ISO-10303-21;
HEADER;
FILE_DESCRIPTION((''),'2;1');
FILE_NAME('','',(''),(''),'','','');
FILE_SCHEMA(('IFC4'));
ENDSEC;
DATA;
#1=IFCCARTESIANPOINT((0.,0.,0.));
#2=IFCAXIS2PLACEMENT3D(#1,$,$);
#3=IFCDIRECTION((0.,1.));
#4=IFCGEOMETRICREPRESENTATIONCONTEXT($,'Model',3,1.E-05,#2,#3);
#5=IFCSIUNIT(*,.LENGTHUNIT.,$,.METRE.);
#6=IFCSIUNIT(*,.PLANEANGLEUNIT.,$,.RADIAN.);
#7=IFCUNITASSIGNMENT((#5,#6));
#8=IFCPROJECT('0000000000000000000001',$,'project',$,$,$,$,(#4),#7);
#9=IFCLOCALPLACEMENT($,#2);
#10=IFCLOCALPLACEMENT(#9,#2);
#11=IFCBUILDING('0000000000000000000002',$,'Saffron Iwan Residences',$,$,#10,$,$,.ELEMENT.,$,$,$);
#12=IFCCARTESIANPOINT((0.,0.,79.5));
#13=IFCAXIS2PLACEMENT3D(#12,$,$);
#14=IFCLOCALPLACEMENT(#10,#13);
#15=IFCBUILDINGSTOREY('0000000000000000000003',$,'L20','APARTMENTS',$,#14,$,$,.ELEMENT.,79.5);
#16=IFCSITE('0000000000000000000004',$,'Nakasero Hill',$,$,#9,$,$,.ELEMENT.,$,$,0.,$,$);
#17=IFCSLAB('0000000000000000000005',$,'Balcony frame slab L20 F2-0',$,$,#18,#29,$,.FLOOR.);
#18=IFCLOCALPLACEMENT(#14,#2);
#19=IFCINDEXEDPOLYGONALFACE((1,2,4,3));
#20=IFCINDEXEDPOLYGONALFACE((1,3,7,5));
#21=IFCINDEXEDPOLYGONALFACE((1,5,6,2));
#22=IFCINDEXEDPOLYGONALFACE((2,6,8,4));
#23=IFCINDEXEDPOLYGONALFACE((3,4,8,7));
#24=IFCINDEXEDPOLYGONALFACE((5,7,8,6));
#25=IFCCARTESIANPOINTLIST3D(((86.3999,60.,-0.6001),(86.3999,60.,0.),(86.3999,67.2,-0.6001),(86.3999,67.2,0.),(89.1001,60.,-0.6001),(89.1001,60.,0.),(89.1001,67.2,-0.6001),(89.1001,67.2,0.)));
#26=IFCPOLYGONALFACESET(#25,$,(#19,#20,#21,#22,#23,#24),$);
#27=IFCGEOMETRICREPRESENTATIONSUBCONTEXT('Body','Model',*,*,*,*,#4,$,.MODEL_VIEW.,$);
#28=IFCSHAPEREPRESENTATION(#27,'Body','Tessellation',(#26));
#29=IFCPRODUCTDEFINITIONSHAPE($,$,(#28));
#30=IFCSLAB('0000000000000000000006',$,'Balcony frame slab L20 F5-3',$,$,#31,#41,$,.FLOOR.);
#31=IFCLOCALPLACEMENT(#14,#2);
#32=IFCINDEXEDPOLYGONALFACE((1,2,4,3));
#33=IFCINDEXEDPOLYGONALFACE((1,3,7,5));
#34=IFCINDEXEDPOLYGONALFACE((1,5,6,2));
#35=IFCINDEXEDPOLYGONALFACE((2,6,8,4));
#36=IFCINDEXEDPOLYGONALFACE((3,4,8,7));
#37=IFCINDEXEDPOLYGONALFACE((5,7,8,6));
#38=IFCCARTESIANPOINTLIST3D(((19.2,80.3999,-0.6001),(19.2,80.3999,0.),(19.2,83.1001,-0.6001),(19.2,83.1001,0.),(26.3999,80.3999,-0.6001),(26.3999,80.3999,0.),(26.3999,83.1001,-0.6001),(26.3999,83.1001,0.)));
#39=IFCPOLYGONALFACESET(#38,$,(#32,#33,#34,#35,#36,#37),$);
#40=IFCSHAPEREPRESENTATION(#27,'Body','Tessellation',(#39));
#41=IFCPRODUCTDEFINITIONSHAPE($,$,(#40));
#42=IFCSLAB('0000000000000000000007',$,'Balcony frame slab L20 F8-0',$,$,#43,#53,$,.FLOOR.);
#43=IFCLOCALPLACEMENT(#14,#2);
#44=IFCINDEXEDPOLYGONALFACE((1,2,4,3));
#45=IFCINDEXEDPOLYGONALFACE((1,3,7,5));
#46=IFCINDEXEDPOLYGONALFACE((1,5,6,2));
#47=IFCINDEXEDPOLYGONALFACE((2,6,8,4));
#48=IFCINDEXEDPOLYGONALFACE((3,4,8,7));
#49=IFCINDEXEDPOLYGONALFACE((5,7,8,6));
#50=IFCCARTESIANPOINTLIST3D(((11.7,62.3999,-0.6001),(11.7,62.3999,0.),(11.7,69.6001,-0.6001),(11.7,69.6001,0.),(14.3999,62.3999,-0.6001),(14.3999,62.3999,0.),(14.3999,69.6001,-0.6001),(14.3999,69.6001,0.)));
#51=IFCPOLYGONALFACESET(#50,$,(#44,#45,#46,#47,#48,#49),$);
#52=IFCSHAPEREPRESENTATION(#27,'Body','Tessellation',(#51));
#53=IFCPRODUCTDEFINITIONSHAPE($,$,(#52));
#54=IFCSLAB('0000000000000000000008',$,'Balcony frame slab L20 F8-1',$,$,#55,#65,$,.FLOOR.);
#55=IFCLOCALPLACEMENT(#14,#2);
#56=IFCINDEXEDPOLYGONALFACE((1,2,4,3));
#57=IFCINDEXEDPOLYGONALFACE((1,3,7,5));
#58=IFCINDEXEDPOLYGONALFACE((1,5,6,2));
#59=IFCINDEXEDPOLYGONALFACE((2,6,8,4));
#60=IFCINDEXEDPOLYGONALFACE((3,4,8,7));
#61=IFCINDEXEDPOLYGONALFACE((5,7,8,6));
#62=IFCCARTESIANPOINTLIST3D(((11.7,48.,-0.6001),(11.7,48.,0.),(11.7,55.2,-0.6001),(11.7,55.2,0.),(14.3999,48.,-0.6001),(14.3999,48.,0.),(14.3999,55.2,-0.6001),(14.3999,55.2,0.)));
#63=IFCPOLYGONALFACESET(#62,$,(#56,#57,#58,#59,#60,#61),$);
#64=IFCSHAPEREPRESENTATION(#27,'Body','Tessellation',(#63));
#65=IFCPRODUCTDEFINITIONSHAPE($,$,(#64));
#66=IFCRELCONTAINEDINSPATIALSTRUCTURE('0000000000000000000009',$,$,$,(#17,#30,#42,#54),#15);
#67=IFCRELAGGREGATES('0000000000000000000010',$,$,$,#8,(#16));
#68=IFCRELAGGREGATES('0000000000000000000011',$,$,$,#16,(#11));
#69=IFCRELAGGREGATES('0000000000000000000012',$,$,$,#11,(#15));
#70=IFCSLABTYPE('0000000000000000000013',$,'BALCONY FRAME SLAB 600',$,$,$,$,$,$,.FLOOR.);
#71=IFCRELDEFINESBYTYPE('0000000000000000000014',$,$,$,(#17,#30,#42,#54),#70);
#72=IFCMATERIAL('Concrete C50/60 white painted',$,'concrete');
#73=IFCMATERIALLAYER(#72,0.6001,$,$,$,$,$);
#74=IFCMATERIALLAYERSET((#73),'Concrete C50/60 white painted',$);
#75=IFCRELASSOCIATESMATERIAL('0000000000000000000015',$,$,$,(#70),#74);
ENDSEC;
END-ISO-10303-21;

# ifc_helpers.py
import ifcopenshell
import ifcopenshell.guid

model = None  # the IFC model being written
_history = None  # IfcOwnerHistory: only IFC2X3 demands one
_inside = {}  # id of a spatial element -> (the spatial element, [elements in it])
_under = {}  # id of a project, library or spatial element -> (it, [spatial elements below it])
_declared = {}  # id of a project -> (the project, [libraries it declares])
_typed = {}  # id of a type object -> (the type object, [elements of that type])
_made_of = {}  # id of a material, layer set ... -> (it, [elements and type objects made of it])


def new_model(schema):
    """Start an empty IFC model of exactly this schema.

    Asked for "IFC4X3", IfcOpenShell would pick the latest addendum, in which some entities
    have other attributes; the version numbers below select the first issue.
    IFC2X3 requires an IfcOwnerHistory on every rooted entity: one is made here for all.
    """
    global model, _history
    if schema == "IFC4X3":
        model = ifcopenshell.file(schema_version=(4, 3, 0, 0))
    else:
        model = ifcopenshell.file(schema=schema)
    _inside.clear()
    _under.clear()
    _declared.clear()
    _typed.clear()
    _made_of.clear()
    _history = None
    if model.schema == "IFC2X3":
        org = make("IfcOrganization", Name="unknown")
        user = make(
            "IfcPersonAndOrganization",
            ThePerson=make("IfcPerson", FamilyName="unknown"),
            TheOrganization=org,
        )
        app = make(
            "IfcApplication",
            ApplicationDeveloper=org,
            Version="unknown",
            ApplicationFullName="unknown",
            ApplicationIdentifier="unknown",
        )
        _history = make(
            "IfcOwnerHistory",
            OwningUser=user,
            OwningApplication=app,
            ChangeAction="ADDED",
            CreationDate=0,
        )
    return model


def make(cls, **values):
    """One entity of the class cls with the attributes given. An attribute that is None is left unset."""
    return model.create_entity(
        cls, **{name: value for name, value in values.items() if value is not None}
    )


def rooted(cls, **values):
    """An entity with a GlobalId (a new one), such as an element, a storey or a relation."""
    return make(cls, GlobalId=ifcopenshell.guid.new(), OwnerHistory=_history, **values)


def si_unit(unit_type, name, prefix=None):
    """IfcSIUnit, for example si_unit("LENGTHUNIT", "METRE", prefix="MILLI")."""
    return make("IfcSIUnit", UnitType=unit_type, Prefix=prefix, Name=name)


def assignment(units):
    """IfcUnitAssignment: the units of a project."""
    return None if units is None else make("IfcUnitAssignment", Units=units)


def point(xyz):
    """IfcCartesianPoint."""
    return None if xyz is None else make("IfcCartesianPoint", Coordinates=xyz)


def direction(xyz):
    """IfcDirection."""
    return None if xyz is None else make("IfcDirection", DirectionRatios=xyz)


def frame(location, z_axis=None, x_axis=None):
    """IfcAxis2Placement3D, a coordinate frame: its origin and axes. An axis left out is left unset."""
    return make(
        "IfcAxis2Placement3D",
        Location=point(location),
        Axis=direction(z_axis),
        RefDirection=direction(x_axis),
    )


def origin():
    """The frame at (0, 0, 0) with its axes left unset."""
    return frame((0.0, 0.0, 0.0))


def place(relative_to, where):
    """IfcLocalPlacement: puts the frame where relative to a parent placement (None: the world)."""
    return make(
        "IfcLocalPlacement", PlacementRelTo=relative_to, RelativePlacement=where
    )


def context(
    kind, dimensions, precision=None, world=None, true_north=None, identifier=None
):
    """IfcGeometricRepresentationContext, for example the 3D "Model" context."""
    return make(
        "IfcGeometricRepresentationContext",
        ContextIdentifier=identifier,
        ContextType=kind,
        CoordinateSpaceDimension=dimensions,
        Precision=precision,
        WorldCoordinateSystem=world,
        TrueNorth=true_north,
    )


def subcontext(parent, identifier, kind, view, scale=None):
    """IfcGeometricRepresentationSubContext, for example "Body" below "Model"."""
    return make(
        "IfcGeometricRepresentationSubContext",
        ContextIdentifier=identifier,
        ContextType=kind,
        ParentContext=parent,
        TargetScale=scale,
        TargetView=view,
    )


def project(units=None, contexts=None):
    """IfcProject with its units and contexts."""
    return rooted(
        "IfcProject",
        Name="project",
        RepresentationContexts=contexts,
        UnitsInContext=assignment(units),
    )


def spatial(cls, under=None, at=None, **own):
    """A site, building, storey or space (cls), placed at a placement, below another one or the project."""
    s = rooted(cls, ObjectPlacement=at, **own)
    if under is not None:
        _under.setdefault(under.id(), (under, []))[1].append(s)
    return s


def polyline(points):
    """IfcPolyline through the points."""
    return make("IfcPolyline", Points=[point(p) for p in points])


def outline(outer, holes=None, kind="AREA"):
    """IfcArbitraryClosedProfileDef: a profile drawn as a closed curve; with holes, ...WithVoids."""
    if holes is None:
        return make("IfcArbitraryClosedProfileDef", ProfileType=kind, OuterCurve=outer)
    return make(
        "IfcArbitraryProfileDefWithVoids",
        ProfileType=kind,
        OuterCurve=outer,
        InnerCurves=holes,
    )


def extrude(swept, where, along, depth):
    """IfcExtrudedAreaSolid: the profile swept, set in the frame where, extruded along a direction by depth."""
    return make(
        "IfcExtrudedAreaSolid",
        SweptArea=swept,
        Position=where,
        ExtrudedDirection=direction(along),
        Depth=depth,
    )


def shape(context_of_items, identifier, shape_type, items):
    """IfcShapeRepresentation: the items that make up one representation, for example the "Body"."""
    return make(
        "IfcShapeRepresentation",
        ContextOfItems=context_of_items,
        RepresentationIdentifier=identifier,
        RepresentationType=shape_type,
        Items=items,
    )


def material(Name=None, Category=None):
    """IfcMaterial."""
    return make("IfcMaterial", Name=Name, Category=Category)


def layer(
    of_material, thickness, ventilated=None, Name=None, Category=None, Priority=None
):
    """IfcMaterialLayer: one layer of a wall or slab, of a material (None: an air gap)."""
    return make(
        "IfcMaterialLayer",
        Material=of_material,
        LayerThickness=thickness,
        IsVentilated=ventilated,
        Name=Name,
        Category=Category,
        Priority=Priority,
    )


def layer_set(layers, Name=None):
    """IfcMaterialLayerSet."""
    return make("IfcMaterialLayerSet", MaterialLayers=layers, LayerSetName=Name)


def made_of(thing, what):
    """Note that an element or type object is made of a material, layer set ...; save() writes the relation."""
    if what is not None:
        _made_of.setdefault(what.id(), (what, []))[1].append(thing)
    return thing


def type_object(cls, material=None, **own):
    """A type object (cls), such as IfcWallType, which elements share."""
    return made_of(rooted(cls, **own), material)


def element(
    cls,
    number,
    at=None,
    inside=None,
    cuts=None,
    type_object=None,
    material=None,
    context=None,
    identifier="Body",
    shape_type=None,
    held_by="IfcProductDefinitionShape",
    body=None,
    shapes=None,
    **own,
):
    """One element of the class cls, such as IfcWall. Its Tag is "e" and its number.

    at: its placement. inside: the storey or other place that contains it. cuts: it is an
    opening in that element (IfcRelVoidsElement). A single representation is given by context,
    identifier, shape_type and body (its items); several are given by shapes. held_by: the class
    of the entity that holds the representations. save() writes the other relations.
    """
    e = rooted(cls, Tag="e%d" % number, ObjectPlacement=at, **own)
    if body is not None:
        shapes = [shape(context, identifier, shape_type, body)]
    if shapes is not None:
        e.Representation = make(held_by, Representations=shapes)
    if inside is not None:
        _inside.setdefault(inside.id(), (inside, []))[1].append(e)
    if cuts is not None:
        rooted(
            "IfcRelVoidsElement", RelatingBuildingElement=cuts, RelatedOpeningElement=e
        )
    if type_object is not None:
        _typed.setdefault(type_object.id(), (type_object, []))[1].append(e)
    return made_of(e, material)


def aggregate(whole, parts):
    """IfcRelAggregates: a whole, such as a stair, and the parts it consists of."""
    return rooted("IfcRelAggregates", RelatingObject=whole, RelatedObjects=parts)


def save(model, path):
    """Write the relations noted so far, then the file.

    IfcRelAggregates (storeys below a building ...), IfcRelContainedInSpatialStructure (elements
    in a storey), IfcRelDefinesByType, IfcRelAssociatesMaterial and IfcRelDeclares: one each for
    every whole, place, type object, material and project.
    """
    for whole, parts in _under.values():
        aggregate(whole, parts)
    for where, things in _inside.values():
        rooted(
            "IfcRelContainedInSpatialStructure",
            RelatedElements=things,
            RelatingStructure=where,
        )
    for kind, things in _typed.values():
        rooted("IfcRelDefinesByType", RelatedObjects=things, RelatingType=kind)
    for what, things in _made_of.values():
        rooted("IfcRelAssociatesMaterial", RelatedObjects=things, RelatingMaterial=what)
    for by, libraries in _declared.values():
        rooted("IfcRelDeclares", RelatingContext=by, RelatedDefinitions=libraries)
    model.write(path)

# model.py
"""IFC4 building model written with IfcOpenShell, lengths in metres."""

from ifc_helpers import new_model, si_unit, direction, frame, origin, place, context, subcontext, project, spatial, polyline, outline, extrude, material, layer, layer_set, type_object, element, save


model = new_model("IFC4")

# Units and contexts
model_context = context("Model", 3, precision=1e-05, world=origin(), true_north=direction((0.0, 1.0)))
body_context = subcontext(model_context, "Body", "Model", "MODEL_VIEW")
ifc_project = project(units=[si_unit("LENGTHUNIT", "METRE"), si_unit("PLANEANGLEUNIT", "RADIAN")], contexts=[model_context])

# Site, building, storey
site_placement = place(None, origin())
site = spatial("IfcSite", under=ifc_project, at=site_placement, Name="Nakasero Hill", CompositionType="ELEMENT", RefElevation=0.0)
building_placement = place(site_placement, origin())
building = spatial("IfcBuilding", under=site, at=building_placement, Name="Saffron Iwan Residences", CompositionType="ELEMENT")
storey_placement = place(building_placement, frame((0.0, 0.0, 79.5)))
storey = spatial("IfcBuildingStorey", under=building, at=storey_placement, Name="L20", Description="APARTMENTS", CompositionType="ELEMENT", Elevation=79.5)

# Slabs
ifc_material_1 = material(Name="Concrete C50/60 white painted", Category="concrete")
ifc_layer_1 = layer(ifc_material_1, 0.6001)
ifc_layer_set_1 = layer_set([ifc_layer_1], Name="Concrete C50/60 white painted")
slab_type_1 = type_object("IfcSlabType", Name="BALCONY FRAME SLAB 600", PredefinedType="FLOOR", material=ifc_layer_set_1)
slab_1_placement = place(storey_placement, frame((0.0, 0.0, -0.6001)))
element("IfcSlab", 1, at=slab_1_placement, inside=storey, type_object=slab_type_1, Name="Balcony frame slab L20 F2-0", PredefinedType="FLOOR", context=body_context, shape_type="SweptSolid", body=[
    extrude(outline(polyline([(89.1001, 60.0), (89.1001, 67.2), (86.3999, 67.2), (86.3999, 60.0), (89.1001, 60.0)])), origin(), (0.0, 0.0, 1.0), 0.6001),
])
slab_2_placement = place(storey_placement, frame((0.0, 0.0, -0.6001)))
element("IfcSlab", 2, at=slab_2_placement, inside=storey, type_object=slab_type_1, Name="Balcony frame slab L20 F5-3", PredefinedType="FLOOR", context=body_context, shape_type="SweptSolid", body=[
    extrude(outline(polyline([(26.3999, 83.1001), (19.2, 83.1001), (19.2, 80.3999), (26.3999, 80.3999), (26.3999, 83.1001)])), origin(), (0.0, 0.0, 1.0), 0.6001),
])
slab_3_placement = place(storey_placement, frame((0.0, 0.0, -0.6001)))
element("IfcSlab", 3, at=slab_3_placement, inside=storey, type_object=slab_type_1, Name="Balcony frame slab L20 F8-0", PredefinedType="FLOOR", context=body_context, shape_type="SweptSolid", body=[
    extrude(outline(polyline([(11.7, 69.6001), (11.7, 62.3999), (14.3999, 62.3999), (14.3999, 69.6001), (11.7, 69.6001)])), origin(), (0.0, 0.0, 1.0), 0.6001),
])
slab_4_placement = place(storey_placement, frame((0.0, 0.0, -0.6001)))
element("IfcSlab", 4, at=slab_4_placement, inside=storey, type_object=slab_type_1, Name="Balcony frame slab L20 F8-1", PredefinedType="FLOOR", context=body_context, shape_type="SweptSolid", body=[
    extrude(outline(polyline([(11.7, 55.2), (11.7, 48.0), (14.3999, 48.0), (14.3999, 55.2), (11.7, 55.2)])), origin(), (0.0, 0.0, 1.0), 0.6001),
])

save(model, "model.ifc")
